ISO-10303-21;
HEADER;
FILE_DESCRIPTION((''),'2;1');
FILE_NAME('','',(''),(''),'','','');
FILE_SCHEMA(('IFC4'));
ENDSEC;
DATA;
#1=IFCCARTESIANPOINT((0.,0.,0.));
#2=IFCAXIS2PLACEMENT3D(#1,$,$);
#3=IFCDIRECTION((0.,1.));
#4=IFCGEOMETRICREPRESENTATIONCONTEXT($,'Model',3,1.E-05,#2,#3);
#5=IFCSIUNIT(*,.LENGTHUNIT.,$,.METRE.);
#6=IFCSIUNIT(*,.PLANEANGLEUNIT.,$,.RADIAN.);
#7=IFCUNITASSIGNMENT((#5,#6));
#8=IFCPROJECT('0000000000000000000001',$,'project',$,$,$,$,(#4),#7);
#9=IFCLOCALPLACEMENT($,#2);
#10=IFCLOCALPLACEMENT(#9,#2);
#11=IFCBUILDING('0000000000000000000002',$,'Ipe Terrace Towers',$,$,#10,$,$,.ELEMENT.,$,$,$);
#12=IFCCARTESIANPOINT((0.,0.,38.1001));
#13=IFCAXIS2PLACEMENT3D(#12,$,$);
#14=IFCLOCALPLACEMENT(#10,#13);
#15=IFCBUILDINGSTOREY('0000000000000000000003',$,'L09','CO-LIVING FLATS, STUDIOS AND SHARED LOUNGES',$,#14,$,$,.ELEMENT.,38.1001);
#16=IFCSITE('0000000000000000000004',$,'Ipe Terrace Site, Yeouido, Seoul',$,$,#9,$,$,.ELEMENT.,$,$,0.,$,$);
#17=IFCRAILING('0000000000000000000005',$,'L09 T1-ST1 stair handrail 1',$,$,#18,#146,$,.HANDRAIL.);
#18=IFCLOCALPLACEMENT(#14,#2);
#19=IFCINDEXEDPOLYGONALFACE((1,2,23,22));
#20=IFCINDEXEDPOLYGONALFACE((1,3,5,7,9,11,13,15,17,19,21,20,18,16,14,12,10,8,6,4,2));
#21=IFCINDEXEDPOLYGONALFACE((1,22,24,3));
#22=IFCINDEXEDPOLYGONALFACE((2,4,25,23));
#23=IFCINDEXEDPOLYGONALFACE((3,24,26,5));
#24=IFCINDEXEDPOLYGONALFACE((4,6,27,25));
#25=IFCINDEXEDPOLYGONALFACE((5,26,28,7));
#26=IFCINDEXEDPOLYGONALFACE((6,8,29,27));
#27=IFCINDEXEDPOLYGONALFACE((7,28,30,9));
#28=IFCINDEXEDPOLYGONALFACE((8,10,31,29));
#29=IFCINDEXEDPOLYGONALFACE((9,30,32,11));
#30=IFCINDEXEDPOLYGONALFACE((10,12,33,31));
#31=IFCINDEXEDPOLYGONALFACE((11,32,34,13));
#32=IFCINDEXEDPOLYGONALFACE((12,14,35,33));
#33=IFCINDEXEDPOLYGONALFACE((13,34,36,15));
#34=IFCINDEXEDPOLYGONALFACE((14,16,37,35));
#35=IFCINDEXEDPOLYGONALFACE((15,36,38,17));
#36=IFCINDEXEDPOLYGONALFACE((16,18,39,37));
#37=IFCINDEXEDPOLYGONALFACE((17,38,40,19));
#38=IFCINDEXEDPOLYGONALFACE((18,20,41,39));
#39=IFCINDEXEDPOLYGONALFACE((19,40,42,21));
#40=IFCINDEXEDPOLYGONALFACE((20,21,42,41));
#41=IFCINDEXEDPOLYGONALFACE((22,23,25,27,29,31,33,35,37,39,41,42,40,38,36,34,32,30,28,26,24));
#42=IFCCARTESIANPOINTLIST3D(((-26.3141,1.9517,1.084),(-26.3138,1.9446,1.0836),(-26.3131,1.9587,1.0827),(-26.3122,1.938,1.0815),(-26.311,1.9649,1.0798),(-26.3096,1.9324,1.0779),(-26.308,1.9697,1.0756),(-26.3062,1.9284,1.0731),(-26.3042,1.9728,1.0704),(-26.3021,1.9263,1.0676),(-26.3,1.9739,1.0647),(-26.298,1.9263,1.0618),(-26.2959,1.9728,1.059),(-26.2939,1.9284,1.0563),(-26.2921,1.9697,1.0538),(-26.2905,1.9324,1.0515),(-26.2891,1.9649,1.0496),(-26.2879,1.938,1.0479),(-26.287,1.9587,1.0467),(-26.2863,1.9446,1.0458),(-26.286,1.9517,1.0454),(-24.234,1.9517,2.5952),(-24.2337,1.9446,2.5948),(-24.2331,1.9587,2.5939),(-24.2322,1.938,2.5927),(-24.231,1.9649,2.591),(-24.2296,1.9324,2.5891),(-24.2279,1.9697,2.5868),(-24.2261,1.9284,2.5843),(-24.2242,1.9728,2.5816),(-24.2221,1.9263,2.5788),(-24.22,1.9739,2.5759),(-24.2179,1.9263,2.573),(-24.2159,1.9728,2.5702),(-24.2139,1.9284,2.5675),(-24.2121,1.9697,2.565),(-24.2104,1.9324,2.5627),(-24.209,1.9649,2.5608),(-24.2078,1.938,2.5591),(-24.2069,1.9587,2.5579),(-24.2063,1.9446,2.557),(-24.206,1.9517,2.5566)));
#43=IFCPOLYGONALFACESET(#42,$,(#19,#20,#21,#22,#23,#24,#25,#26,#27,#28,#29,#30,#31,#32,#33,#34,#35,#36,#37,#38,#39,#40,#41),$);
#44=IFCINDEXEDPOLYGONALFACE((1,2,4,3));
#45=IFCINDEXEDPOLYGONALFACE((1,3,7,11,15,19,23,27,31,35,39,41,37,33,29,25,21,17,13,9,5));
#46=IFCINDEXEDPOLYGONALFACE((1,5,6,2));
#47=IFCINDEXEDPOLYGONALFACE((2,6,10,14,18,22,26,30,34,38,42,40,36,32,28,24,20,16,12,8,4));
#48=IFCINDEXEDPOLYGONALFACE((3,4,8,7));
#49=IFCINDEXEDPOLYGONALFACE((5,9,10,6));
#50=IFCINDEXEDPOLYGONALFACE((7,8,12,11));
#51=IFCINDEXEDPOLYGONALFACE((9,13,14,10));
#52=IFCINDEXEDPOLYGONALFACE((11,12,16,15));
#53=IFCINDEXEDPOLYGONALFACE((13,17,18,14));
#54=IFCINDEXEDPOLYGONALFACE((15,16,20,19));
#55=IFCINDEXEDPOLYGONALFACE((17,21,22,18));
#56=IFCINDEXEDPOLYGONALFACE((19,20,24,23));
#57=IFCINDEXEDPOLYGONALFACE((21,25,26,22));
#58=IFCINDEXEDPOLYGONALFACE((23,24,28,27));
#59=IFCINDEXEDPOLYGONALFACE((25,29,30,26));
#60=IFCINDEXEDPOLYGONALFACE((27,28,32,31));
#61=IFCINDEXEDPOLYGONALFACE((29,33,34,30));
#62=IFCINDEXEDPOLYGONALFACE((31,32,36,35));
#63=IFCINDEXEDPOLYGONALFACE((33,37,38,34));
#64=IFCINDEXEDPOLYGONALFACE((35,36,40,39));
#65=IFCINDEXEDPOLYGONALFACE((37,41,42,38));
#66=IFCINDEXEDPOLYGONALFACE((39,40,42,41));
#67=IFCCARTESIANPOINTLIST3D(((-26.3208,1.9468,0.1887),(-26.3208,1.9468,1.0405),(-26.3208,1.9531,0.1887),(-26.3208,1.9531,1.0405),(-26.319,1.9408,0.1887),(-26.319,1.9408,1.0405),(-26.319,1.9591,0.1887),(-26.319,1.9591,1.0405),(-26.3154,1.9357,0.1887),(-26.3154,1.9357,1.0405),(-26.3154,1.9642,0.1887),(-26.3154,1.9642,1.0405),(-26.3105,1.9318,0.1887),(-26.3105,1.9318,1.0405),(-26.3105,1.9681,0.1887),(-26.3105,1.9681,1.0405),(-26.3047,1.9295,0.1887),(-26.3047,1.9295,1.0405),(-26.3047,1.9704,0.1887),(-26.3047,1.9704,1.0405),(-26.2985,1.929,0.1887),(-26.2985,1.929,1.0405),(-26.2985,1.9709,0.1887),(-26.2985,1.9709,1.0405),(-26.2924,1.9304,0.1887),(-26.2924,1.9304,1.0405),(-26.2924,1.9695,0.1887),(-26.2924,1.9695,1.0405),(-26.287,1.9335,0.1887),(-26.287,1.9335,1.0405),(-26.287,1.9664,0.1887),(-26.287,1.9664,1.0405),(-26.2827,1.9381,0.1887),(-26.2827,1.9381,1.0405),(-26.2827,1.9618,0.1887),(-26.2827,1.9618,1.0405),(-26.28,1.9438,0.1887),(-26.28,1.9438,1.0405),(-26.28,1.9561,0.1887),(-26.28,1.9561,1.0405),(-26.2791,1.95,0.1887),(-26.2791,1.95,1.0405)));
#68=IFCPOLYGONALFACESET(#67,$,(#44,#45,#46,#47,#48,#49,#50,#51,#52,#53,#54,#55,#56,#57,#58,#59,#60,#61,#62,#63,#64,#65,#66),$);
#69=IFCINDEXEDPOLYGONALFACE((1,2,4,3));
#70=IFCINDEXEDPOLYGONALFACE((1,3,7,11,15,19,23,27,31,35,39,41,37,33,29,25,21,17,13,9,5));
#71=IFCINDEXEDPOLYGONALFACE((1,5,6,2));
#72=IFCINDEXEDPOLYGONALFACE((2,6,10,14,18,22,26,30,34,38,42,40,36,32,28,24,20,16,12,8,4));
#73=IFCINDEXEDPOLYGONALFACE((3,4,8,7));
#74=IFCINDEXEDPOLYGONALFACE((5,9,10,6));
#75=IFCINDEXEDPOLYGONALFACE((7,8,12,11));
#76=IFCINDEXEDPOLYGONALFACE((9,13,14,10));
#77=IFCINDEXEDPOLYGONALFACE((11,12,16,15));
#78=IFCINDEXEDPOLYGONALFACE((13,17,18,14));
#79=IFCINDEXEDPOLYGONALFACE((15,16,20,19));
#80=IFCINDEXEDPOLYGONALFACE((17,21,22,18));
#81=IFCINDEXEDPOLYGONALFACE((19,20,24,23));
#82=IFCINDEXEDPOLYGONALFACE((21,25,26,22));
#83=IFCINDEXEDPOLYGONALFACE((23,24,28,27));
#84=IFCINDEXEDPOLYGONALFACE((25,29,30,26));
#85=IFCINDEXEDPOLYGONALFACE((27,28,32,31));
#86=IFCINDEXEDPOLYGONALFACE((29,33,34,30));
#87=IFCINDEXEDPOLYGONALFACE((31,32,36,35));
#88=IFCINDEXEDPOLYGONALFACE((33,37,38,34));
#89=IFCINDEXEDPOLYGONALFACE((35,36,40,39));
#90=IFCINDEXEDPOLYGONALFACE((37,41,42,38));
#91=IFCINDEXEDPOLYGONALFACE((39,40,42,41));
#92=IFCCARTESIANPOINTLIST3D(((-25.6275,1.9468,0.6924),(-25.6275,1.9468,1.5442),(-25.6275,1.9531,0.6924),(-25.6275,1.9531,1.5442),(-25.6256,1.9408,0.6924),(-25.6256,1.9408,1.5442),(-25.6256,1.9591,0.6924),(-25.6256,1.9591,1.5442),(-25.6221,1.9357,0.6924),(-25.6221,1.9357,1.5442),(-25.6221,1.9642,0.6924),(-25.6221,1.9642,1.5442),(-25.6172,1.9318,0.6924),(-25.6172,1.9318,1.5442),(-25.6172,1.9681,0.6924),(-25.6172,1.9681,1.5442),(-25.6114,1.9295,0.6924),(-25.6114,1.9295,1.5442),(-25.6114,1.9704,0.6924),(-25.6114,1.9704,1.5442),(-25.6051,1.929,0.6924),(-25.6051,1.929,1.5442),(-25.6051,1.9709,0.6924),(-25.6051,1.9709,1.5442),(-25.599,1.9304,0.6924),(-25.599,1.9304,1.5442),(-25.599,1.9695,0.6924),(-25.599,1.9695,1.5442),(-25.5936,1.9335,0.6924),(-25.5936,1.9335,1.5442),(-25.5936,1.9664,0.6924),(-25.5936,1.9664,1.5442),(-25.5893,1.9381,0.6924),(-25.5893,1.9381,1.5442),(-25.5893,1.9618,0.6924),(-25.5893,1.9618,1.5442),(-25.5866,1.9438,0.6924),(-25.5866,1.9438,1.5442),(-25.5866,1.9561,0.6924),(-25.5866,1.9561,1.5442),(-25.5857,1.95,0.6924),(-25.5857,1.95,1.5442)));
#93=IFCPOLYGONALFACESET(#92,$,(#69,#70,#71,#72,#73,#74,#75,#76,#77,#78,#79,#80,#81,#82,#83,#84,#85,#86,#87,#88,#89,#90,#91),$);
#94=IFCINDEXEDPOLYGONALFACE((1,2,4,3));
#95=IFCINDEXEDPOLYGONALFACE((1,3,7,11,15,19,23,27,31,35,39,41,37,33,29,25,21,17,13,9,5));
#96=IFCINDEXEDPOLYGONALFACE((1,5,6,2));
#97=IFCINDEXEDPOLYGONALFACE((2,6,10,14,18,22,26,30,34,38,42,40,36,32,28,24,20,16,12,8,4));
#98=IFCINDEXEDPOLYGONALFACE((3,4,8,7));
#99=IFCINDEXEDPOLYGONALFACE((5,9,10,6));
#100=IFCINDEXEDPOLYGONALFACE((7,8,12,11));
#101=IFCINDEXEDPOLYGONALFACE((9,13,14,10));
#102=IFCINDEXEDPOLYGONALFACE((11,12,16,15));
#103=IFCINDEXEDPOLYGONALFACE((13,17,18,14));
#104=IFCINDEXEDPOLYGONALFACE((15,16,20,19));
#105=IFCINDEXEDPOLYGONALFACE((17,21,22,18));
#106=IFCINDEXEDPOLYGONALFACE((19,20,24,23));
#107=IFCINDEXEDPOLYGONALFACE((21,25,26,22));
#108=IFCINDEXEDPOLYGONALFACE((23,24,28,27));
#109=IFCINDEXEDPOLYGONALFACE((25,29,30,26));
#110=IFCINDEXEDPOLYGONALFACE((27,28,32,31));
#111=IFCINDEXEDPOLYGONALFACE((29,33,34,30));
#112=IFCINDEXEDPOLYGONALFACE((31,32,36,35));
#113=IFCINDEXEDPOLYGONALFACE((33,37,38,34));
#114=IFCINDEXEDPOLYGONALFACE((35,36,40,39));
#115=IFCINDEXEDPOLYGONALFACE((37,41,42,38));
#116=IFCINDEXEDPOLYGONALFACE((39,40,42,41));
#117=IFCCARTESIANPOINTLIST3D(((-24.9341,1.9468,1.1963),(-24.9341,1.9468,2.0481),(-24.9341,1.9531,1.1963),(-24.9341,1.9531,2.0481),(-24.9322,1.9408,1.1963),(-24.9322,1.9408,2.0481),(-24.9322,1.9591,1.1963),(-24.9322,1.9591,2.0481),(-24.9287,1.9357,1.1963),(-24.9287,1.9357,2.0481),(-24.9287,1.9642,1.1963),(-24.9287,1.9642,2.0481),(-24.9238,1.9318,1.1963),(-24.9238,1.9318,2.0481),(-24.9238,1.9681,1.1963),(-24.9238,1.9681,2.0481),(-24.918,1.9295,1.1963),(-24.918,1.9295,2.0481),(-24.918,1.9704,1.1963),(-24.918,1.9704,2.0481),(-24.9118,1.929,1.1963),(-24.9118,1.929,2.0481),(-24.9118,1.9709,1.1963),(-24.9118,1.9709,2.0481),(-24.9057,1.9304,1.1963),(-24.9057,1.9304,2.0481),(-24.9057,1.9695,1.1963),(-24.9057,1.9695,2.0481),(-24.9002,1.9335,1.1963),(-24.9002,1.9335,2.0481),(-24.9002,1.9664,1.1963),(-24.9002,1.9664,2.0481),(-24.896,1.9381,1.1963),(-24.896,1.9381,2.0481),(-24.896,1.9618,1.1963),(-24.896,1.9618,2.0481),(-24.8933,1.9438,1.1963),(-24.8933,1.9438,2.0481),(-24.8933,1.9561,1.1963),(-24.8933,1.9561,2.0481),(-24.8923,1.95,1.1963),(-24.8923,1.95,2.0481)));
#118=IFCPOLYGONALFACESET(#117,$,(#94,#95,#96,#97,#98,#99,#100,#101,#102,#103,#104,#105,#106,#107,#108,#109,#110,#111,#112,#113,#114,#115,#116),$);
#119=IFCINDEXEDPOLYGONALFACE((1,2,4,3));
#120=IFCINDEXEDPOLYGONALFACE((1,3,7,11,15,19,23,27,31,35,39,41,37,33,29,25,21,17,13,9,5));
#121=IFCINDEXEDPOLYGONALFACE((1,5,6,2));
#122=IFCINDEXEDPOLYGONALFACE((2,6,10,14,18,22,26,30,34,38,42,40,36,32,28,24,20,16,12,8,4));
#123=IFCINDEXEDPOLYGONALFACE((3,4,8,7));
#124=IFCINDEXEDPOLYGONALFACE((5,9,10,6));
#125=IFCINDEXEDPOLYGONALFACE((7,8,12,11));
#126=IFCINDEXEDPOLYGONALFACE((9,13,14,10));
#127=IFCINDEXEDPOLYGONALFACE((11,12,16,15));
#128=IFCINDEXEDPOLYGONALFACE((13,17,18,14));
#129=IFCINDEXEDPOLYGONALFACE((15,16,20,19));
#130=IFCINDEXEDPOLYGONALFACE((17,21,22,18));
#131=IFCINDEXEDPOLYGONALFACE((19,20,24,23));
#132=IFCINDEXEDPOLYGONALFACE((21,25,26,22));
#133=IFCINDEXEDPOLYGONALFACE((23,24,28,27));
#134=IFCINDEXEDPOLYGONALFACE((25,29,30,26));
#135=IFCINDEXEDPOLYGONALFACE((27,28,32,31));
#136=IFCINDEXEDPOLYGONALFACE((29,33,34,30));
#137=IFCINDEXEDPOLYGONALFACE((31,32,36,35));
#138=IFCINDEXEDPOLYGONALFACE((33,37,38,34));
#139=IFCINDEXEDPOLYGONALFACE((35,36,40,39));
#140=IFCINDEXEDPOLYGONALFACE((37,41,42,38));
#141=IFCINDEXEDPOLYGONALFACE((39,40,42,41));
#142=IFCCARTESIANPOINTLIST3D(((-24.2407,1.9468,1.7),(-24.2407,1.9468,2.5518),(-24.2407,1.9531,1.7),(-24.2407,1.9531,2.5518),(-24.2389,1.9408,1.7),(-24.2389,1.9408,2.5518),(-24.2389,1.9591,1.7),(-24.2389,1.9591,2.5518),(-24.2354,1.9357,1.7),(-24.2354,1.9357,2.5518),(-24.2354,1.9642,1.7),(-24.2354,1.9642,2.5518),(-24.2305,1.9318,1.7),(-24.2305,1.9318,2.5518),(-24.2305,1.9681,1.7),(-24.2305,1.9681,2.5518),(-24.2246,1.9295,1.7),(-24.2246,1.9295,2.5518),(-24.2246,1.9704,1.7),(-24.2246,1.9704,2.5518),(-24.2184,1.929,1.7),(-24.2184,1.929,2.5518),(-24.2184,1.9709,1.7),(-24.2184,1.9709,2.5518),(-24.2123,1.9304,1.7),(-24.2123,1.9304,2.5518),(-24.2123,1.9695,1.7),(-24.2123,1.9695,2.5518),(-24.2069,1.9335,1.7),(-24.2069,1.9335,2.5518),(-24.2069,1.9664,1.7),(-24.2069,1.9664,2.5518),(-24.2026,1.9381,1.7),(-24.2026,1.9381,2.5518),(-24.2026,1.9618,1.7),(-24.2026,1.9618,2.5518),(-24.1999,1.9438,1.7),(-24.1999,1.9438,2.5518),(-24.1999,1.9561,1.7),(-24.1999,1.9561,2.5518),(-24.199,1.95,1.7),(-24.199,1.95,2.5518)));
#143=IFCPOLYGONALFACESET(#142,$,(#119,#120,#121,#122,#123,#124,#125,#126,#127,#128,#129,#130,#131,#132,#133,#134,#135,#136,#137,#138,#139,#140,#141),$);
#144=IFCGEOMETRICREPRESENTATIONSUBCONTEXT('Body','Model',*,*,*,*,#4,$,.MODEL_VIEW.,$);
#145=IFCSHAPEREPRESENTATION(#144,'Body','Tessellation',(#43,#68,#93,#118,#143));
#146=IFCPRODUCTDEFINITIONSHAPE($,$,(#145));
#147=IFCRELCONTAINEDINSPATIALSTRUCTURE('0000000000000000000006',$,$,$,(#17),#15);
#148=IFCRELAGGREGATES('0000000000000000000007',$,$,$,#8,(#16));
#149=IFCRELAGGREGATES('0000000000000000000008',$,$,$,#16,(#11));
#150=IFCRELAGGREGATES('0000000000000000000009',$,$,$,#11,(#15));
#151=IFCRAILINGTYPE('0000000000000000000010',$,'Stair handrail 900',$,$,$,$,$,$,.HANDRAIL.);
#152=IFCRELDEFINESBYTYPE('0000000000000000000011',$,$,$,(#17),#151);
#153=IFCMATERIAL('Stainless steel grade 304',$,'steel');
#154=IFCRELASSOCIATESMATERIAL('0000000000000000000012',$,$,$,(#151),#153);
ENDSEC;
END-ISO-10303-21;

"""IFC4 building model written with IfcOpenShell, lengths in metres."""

from ifc_helpers import new_model, si_unit, direction, frame, origin, origin_2d, place, context, subcontext, project, spatial, circle, extrude, material, type_object, element, save


model = new_model("IFC4")

# Units and contexts
model_context = context("Model", 3, precision=1e-05, world=origin(), true_north=direction((0.0, 1.0)))
body_context = subcontext(model_context, "Body", "Model", "MODEL_VIEW")
ifc_project = project(units=[si_unit("LENGTHUNIT", "METRE"), si_unit("PLANEANGLEUNIT", "RADIAN")], contexts=[model_context])

# Site, building, storey
site_placement = place(None, origin())
site = spatial("IfcSite", under=ifc_project, at=site_placement, Name="Ipe Terrace Site, Yeouido, Seoul", CompositionType="ELEMENT", RefElevation=0.0)
building_placement = place(site_placement, origin())
building = spatial("IfcBuilding", under=site, at=building_placement, Name="Ipe Terrace Towers", CompositionType="ELEMENT")
storey_placement = place(building_placement, frame((0.0, 0.0, 38.1001)))
storey = spatial("IfcBuildingStorey", under=building, at=storey_placement, Name="L09", Description="CO-LIVING FLATS, STUDIOS AND SHARED LOUNGES", CompositionType="ELEMENT", Elevation=38.1001)

# Railing
ifc_material_1 = material(Name="Stainless steel grade 304", Category="steel")
railing_type = type_object("IfcRailingType", Name="Stair handrail 900", PredefinedType="HANDRAIL", material=ifc_material_1)
railing_1_placement = place(storey_placement, frame((-26.3, 1.95, 0.1887)))
element("IfcRailing", 1, at=railing_1_placement, inside=storey, type_object=railing_type, Name="L09 T1-ST1 stair handrail 1", PredefinedType="HANDRAIL", context=body_context, shape_type="SweptSolid", body=[
    extrude(circle(Radius=0.0239, at=origin_2d()), frame((0.0, 0.0, 0.876), z_axis=(0.809023, 0.0, 0.587776), x_axis=(0.0, 1.0, 0.0)), (0.0, 0.0, 1.0), 2.571),
    extrude(circle(Radius=0.021, at=origin_2d()), origin(), (0.0, 0.0, 1.0), 0.8518),
    extrude(circle(Radius=0.021, at=origin_2d()), frame((0.6934, 0.0, 0.5037)), (0.0, 0.0, 1.0), 0.8518),
    extrude(circle(Radius=0.021, at=origin_2d()), frame((1.3867, 0.0, 1.0076)), (0.0, 0.0, 1.0), 0.8518),
    extrude(circle(Radius=0.021, at=origin_2d()), frame((2.0801, 0.0, 1.5112)), (0.0, 0.0, 1.0), 0.8518),
])

save(model, "model.ifc")
